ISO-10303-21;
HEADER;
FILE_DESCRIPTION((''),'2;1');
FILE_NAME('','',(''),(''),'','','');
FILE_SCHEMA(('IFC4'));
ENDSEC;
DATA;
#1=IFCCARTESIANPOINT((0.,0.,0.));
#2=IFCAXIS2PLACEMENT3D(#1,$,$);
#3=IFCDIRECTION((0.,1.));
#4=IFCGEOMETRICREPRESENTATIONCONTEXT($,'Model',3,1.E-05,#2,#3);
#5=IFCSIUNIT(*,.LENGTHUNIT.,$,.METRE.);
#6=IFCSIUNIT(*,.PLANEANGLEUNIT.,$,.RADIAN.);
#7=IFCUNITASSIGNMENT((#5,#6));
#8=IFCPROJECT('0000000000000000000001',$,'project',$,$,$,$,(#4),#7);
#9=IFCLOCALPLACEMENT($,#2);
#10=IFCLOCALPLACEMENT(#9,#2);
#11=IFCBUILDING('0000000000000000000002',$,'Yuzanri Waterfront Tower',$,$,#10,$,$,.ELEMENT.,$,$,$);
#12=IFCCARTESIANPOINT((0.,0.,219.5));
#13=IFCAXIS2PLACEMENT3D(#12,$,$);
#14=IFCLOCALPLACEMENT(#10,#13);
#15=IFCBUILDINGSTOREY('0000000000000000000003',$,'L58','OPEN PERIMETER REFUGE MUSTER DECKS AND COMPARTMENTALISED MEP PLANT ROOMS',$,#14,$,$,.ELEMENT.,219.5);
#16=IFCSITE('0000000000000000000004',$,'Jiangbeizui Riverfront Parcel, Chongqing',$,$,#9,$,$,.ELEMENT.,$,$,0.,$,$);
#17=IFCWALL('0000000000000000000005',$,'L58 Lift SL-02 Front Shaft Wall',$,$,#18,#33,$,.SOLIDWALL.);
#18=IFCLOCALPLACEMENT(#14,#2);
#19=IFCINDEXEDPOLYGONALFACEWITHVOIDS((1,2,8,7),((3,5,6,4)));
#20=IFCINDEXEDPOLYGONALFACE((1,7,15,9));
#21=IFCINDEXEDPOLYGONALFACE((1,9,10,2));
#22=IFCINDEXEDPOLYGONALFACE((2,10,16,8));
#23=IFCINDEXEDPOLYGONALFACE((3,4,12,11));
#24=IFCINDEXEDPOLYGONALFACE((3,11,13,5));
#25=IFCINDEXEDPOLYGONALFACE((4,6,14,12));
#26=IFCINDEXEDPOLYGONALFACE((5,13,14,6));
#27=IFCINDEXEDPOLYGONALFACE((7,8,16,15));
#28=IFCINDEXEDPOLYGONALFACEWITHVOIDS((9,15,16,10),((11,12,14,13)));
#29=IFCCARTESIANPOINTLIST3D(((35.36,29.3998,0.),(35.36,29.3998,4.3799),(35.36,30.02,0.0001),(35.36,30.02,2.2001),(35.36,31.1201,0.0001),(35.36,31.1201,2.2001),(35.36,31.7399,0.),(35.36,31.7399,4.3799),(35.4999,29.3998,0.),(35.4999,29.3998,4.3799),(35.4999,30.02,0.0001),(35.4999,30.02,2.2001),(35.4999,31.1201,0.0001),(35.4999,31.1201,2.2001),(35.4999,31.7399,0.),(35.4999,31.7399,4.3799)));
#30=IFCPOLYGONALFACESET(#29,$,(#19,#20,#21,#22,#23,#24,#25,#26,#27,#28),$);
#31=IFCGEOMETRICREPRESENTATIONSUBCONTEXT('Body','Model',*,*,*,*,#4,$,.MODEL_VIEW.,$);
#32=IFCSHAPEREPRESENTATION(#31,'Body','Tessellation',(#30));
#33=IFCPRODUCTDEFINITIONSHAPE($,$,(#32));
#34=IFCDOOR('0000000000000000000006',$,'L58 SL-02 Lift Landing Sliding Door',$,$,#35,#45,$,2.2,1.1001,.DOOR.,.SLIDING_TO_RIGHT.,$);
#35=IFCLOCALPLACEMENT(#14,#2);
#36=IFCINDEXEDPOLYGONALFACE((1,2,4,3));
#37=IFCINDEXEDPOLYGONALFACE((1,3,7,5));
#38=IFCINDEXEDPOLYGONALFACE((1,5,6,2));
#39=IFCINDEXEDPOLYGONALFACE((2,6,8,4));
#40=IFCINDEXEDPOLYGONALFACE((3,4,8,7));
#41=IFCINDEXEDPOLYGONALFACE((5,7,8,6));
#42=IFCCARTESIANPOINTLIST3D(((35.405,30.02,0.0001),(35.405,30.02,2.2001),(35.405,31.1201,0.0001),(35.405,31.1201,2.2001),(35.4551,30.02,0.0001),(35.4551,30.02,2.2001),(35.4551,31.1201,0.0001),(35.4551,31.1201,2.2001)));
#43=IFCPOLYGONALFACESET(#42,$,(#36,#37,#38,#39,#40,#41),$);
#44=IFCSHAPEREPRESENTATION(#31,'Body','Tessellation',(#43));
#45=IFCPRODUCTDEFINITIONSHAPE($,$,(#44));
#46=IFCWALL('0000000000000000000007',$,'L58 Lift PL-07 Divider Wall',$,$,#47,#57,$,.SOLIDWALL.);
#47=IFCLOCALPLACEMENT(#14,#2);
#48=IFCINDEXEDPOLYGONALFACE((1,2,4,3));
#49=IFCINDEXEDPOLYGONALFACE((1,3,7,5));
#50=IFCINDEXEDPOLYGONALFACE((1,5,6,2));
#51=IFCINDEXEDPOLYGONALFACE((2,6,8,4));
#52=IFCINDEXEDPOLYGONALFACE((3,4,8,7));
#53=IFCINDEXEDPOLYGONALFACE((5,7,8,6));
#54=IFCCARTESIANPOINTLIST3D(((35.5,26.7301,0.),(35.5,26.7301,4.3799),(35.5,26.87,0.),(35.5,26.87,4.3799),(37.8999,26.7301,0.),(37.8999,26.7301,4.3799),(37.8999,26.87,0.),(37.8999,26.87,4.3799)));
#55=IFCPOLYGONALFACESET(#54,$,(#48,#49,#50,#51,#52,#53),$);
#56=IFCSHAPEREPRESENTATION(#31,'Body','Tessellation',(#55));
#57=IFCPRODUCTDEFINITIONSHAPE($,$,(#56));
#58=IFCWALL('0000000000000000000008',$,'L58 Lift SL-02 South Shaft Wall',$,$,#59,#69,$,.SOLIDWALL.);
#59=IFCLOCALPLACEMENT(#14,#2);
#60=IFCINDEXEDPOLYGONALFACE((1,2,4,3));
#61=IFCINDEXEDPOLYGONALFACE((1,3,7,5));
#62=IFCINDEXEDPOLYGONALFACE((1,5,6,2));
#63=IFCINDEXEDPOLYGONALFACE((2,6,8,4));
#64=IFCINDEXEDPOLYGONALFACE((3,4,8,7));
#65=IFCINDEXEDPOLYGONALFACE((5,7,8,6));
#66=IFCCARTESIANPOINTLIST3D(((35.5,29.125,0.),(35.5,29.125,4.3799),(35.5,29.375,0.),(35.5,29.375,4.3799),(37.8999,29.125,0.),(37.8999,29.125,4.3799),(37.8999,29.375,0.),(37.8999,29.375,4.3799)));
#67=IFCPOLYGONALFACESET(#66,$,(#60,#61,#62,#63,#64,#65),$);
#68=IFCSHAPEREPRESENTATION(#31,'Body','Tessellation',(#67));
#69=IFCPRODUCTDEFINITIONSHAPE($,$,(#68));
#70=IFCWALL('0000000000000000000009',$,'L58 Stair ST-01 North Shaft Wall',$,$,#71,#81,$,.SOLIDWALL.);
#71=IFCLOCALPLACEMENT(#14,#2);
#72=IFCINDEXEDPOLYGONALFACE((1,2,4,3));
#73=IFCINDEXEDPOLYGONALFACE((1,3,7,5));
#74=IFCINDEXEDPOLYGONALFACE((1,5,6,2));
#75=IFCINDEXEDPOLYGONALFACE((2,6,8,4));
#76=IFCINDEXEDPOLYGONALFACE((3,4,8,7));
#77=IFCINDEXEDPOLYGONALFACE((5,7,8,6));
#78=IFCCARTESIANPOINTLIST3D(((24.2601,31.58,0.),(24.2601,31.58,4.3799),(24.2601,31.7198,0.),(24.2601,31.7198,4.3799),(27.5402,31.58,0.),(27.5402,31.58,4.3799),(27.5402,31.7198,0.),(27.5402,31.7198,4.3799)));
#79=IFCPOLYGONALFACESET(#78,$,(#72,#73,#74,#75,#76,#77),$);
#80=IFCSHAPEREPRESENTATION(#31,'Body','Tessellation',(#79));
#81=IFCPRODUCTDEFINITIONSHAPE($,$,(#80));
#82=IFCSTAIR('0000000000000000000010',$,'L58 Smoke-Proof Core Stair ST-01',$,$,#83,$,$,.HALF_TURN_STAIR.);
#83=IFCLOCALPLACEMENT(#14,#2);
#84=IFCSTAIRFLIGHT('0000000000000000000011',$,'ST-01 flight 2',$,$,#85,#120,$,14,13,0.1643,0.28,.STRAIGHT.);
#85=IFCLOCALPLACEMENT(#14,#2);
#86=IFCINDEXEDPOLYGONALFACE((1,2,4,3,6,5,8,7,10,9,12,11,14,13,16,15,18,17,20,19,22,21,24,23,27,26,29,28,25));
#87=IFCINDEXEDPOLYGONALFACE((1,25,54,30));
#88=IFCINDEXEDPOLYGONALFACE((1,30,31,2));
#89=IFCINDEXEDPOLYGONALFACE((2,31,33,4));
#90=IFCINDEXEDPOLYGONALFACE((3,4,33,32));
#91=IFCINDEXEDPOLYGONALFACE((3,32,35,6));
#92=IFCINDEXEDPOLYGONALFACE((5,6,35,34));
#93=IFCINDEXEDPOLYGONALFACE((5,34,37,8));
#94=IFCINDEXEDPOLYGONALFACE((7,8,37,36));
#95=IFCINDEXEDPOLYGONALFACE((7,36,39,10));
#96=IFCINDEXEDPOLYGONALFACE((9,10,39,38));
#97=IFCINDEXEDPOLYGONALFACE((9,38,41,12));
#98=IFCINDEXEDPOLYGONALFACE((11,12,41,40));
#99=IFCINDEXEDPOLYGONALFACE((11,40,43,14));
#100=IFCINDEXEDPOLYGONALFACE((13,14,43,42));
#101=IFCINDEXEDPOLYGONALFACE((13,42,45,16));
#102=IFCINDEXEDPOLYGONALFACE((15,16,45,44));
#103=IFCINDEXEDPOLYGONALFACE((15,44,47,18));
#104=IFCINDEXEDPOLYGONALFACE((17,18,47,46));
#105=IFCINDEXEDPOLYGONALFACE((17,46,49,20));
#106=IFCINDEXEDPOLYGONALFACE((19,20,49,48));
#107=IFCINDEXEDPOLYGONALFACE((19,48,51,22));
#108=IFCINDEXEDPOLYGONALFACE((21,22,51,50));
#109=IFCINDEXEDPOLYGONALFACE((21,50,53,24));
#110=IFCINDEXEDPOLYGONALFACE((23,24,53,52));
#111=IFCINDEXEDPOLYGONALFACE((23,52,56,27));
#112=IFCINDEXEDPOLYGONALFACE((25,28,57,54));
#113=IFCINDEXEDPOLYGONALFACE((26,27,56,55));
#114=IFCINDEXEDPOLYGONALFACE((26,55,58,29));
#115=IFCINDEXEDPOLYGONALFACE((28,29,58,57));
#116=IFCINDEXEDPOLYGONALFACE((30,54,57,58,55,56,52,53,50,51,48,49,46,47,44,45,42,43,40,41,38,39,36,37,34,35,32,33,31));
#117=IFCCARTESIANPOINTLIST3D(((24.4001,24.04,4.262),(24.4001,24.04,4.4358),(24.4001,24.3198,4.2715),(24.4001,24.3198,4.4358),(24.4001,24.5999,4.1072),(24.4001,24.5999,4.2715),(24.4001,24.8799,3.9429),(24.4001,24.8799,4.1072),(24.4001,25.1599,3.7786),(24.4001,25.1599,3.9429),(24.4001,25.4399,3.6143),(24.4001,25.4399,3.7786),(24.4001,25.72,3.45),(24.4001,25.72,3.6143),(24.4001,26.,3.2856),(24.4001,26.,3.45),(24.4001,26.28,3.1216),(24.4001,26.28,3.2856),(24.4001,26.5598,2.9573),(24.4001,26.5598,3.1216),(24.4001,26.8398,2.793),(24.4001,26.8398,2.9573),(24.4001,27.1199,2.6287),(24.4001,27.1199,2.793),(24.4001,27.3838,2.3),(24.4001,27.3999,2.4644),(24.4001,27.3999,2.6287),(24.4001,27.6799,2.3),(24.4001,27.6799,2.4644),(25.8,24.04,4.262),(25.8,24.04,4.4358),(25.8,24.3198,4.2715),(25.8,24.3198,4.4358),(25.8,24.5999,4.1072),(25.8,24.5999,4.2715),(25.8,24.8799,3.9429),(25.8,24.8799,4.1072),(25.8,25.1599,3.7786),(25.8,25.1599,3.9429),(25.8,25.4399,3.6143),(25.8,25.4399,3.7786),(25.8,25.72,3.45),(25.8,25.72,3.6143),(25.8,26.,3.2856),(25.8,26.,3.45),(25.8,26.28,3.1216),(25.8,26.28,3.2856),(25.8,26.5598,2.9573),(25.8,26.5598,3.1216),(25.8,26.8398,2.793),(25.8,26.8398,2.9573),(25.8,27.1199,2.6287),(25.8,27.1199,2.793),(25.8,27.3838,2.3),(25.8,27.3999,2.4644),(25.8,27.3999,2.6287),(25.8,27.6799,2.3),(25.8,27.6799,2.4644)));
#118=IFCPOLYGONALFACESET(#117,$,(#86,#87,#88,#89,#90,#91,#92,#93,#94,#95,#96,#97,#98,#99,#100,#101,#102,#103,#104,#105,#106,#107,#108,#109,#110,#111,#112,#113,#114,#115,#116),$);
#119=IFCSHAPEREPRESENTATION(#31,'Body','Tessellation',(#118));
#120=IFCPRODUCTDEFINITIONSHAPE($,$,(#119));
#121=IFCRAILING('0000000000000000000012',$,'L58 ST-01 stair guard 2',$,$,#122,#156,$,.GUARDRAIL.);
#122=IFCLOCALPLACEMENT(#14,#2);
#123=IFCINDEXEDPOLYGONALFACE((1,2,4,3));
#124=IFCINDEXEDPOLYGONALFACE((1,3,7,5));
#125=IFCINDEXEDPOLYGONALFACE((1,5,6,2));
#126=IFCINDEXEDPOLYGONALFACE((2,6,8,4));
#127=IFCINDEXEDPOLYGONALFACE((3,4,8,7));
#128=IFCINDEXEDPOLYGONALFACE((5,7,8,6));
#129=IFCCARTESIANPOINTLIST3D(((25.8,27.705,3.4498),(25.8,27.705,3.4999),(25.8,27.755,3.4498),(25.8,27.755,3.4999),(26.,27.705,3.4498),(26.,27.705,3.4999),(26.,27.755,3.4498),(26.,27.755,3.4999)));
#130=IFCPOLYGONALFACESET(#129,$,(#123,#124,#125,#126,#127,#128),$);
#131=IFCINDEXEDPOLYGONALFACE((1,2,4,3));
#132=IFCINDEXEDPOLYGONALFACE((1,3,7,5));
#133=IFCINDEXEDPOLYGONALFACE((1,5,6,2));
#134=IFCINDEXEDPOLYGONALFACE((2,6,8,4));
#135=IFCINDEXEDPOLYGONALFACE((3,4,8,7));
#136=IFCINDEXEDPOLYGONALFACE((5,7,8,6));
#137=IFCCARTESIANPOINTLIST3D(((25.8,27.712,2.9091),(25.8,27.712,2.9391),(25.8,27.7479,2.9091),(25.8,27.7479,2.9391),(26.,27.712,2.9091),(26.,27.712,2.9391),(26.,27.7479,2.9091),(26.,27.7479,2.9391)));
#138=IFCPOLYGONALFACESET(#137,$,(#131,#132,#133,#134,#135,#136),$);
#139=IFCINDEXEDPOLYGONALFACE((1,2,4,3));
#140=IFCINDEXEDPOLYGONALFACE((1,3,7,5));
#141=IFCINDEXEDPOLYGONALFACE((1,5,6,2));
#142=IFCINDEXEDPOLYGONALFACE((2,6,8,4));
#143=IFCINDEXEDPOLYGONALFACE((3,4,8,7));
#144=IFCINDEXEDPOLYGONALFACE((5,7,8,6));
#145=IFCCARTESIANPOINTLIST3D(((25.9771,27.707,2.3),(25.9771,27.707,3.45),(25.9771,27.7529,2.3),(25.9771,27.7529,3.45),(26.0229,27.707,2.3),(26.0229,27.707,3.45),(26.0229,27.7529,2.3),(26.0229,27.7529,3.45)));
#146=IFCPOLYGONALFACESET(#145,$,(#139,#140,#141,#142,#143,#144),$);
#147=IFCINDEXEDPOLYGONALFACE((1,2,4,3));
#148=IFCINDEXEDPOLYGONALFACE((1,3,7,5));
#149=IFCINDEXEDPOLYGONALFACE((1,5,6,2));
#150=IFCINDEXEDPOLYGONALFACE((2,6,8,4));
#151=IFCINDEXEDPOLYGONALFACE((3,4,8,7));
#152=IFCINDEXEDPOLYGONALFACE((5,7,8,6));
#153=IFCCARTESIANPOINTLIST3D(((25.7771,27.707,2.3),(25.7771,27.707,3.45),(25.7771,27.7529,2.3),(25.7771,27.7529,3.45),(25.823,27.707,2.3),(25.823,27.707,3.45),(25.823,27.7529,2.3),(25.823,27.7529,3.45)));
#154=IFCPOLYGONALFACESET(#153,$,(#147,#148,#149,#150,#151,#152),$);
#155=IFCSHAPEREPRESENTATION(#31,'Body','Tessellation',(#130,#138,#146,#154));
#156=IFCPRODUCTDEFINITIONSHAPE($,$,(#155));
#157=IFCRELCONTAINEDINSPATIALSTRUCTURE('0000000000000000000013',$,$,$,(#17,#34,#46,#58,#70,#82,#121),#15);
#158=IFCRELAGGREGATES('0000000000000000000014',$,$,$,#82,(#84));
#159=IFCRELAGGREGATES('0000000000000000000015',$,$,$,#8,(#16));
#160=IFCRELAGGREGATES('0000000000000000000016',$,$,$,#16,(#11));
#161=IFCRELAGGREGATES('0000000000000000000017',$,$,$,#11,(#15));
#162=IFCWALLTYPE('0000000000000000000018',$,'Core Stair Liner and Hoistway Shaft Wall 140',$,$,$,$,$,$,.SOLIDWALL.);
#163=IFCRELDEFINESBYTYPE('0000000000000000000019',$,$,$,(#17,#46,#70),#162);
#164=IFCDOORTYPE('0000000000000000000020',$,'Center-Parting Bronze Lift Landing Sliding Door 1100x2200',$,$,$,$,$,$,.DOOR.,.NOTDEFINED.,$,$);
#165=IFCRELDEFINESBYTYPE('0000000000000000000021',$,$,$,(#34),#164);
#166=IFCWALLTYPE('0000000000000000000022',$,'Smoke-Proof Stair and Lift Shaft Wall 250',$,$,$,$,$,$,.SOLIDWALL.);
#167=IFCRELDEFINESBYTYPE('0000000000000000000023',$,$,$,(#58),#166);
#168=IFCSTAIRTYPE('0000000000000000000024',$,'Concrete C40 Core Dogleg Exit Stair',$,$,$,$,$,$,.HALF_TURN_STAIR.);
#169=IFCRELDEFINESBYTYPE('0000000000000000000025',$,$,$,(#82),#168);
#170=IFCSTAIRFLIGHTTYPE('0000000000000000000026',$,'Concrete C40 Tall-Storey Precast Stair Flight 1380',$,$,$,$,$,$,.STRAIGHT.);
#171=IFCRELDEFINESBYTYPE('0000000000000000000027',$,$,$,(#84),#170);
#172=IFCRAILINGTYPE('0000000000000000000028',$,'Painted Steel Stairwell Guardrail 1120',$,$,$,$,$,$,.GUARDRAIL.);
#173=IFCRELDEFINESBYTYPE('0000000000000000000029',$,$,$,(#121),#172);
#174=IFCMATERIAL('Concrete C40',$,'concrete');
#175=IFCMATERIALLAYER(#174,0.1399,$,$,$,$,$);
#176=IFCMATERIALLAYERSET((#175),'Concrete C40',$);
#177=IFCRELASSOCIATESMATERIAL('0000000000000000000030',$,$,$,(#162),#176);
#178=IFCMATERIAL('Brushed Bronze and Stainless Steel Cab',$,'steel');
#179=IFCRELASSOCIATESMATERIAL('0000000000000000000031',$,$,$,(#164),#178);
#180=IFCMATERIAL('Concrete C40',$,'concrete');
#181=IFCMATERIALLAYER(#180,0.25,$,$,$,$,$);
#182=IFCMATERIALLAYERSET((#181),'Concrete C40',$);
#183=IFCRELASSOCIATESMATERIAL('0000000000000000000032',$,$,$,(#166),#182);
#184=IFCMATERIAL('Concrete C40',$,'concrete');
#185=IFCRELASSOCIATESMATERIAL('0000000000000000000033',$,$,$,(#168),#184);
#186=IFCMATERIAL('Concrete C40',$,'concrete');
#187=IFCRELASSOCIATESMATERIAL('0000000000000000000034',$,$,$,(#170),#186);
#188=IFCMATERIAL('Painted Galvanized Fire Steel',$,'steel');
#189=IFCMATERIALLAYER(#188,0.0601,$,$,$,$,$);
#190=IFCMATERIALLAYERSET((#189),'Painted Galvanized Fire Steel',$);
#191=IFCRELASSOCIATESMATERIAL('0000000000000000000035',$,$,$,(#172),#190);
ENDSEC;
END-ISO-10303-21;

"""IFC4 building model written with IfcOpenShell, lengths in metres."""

from ifc_helpers import new_model, si_unit, direction, frame, frame_2d, origin, origin_2d, place, context, subcontext, project, spatial, polyline, rectangle, outline, extrude, source, transform, mapped, material, layer, layer_set, type_object, element, fill, aggregate, save


model = new_model("IFC4")

# Units and contexts
model_context = context("Model", 3, precision=1e-05, world=origin(), true_north=direction((0.0, 1.0)))
body_context = subcontext(model_context, "Body", "Model", "MODEL_VIEW")
ifc_project = project(units=[si_unit("LENGTHUNIT", "METRE"), si_unit("PLANEANGLEUNIT", "RADIAN")], contexts=[model_context])

# Site, building, storey
site_placement = place(None, origin())
site = spatial("IfcSite", under=ifc_project, at=site_placement, Name="Jiangbeizui Riverfront Parcel, Chongqing", CompositionType="ELEMENT", RefElevation=0.0)
building_placement = place(site_placement, origin())
building = spatial("IfcBuilding", under=site, at=building_placement, Name="Yuzanri Waterfront Tower", CompositionType="ELEMENT")
storey_placement = place(building_placement, frame((0.0, 0.0, 219.5)))
storey = spatial("IfcBuildingStorey", under=building, at=storey_placement, Name="L58", Description="OPEN PERIMETER REFUGE MUSTER DECKS AND COMPARTMENTALISED MEP PLANT ROOMS", CompositionType="ELEMENT", Elevation=219.5)

# Wall, opening, door
ifc_material_1 = material(Name="Concrete C40", Category="concrete")
ifc_layer_1 = layer(ifc_material_1, 0.1399)
ifc_layer_set_1 = layer_set([ifc_layer_1], Name="Concrete C40")
wall_type_1 = type_object("IfcWallType", Name="Core Stair Liner and Hoistway Shaft Wall 140", PredefinedType="SOLIDWALL", material=ifc_layer_set_1)
ifc_material_2 = material(Name="Brushed Bronze and Stainless Steel Cab", Category="steel")
door_type_1 = type_object("IfcDoorType", Name="Center-Parting Bronze Lift Landing Sliding Door 1100x2200", OperationType="NOTDEFINED", PredefinedType="DOOR", material=ifc_material_2)
shared_shape_1 = source(origin(), body_context, "Body", "SweptSolid", [
    extrude(rectangle(XDim=1.1001, YDim=2.2, at=frame_2d((0.55, 1.1001))), frame((0.0, 0.0249, 0.0), z_axis=(0.0, -1.0, 0.0), x_axis=(1.0, 0.0, 0.0)), (0.0, 0.0, 1.0), 0.05),
])
wall_1_placement = place(storey_placement, frame((35.4299, 29.3999, 0.0), z_axis=(0.0, 0.0, 1.0), x_axis=(0.0, 1.0, 0.0)))
wall_1 = element("IfcWall", 1, at=wall_1_placement, inside=storey, type_object=wall_type_1, Name="L58 Lift SL-02 Front Shaft Wall", PredefinedType="SOLIDWALL", context=body_context, shape_type="SweptSolid", body=[
    extrude(rectangle(XDim=2.3401, YDim=0.1399, at=frame_2d((1.1699, 0.0))), origin(), (0.0, 0.0, 1.0), 4.3799),
])
opening_1_placement = place(wall_1_placement, frame((0.6201, 0.0, 0.0)))
opening_1 = element("IfcOpeningElement", 2, at=opening_1_placement, cuts=wall_1, PredefinedType="OPENING", context=body_context, shape_type="SweptSolid", body=[
    extrude(rectangle(XDim=1.1001, YDim=2.2, at=frame_2d((0.55, 1.1001))), frame((0.0, 0.085, 0.0), z_axis=(0.0, -1.0, 0.0), x_axis=(1.0, 0.0, 0.0)), (0.0, 0.0, 1.0), 0.1697),
])
door_1_placement = place(opening_1_placement, origin())
door_1 = element("IfcDoor", 3, at=door_1_placement, inside=storey, type_object=door_type_1, Name="L58 SL-02 Lift Landing Sliding Door", OperationType="SLIDING_TO_RIGHT", OverallHeight=2.2, OverallWidth=1.1001, PredefinedType="DOOR", context=body_context, shape_type="MappedRepresentation", body=[
    mapped(shared_shape_1, transform((0.0, 0.0, 0.0), scale=1.0)),
])
fill(opening_1, door_1)

# Walls
shared_shape_2 = source(origin(), body_context, "Body", "SweptSolid", [
    extrude(rectangle(XDim=2.3999, YDim=0.1399, at=frame_2d((1.2, 0.0))), origin(), (0.0, 0.0, 1.0), 4.3799),
])
wall_2_placement = place(storey_placement, frame((35.5, 26.8, 0.0), z_axis=(0.0, 0.0, 1.0), x_axis=(1.0, 0.0, 0.0)))
element("IfcWall", 4, at=wall_2_placement, inside=storey, type_object=wall_type_1, Name="L58 Lift PL-07 Divider Wall", PredefinedType="SOLIDWALL", context=body_context, shape_type="MappedRepresentation", body=[
    mapped(shared_shape_2, transform((0.0, 0.0, 0.0), scale=1.0)),
])
ifc_material_3 = material(Name="Concrete C40", Category="concrete")
ifc_layer_2 = layer(ifc_material_3, 0.25)
ifc_layer_set_2 = layer_set([ifc_layer_2], Name="Concrete C40")
wall_type_2 = type_object("IfcWallType", Name="Smoke-Proof Stair and Lift Shaft Wall 250", PredefinedType="SOLIDWALL", material=ifc_layer_set_2)
shared_shape_3 = source(origin(), body_context, "Body", "SweptSolid", [
    extrude(rectangle(XDim=2.3999, YDim=0.25, at=frame_2d((1.2, 0.0))), origin(), (0.0, 0.0, 1.0), 4.3799),
])
wall_3_placement = place(storey_placement, frame((35.5, 29.25, 0.0), z_axis=(0.0, 0.0, 1.0), x_axis=(1.0, 0.0, 0.0)))
element("IfcWall", 5, at=wall_3_placement, inside=storey, type_object=wall_type_2, Name="L58 Lift SL-02 South Shaft Wall", PredefinedType="SOLIDWALL", context=body_context, shape_type="MappedRepresentation", body=[
    mapped(shared_shape_3, transform((0.0, 0.0, 0.0), scale=1.0)),
])
shared_shape_4 = source(origin(), body_context, "Body", "SweptSolid", [
    extrude(rectangle(XDim=3.28, YDim=0.1399, at=frame_2d((1.6401, 0.0))), origin(), (0.0, 0.0, 1.0), 4.3799),
])
wall_4_placement = place(storey_placement, frame((24.26, 31.6499, 0.0), z_axis=(0.0, 0.0, 1.0), x_axis=(1.0, 0.0, 0.0)))
element("IfcWall", 6, at=wall_4_placement, inside=storey, type_object=wall_type_1, Name="L58 Stair ST-01 North Shaft Wall", PredefinedType="SOLIDWALL", context=body_context, shape_type="MappedRepresentation", body=[
    mapped(shared_shape_4, transform((0.0, 0.0, 0.0), scale=1.0)),
])

# Stair, stair flight
ifc_material_4 = material(Name="Concrete C40", Category="concrete")
stair_type = type_object("IfcStairType", Name="Concrete C40 Core Dogleg Exit Stair", PredefinedType="HALF_TURN_STAIR", material=ifc_material_4)
stair_placement = place(storey_placement, origin())
stair = element("IfcStair", 7, at=stair_placement, inside=storey, type_object=stair_type, Name="L58 Smoke-Proof Core Stair ST-01", PredefinedType="HALF_TURN_STAIR")
ifc_material_5 = material(Name="Concrete C40", Category="concrete")
stair_flight_type = type_object("IfcStairFlightType", Name="Concrete C40 Tall-Storey Precast Stair Flight 1380", PredefinedType="STRAIGHT", material=ifc_material_5)
shared_shape_5 = source(origin(), body_context, "Body", "SweptSolid", [
    extrude(outline(polyline([(0.0, 0.0), (0.0, 0.1643), (0.28, 0.1643), (0.28, 0.3286), (0.5601, 0.3286), (0.5601, 0.4929), (0.8401, 0.4929), (0.8401, 0.6572), (1.1201, 0.6572), (1.1201, 0.8215), (1.3999, 0.8215), (1.3999, 0.9856), (1.6799, 0.9856), (1.6799, 1.1499), (1.96, 1.1499), (1.96, 1.3142), (2.24, 1.3142), (2.24, 1.4785), (2.52, 1.4785), (2.52, 1.6428), (2.8, 1.6428), (2.8, 1.8071), (3.0801, 1.8071), (3.0801, 1.9714), (3.3601, 1.9714), (3.3601, 2.1357), (3.6399, 2.1357), (3.6399, 2.3), (3.6399, 1.9619), (0.2961, 0.0), (0.0, 0.0)])), frame((0.0, 0.7, 0.0), z_axis=(0.0, -1.0, 0.0), x_axis=(1.0, 0.0, 0.0)), (0.0, 0.0, 1.0), 1.3999),
])
stair_flight_placement = place(storey_placement, frame((25.1001, 27.6799, 2.3), z_axis=(0.0, 0.0, 1.0), x_axis=(0.0, -1.0, 0.0)))
stair_flight = element("IfcStairFlight", 8, at=stair_flight_placement, type_object=stair_flight_type, Name="ST-01 flight 2", NumberOfRisers=14, NumberOfTreads=13, PredefinedType="STRAIGHT", RiserHeight=0.1643, TreadLength=0.28, context=body_context, shape_type="MappedRepresentation", body=[
    mapped(shared_shape_5, transform((0.0, 0.0, 0.0), scale=1.0)),
])
aggregate(stair, [stair_flight])

# Railing
ifc_material_6 = material(Name="Painted Galvanized Fire Steel", Category="steel")
ifc_layer_3 = layer(ifc_material_6, 0.0601)
ifc_layer_set_3 = layer_set([ifc_layer_3], Name="Painted Galvanized Fire Steel")
railing_type_1 = type_object("IfcRailingType", Name="Painted Steel Stairwell Guardrail 1120", PredefinedType="GUARDRAIL", material=ifc_layer_set_3)
shared_shape_6 = source(origin(), body_context, "Body", "SweptSolid", [
    extrude(rectangle(XDim=0.05, YDim=0.05, at=origin_2d()), frame((0.0, 0.0, 1.1748), z_axis=(-1.0, 0.0, 0.0), x_axis=(0.0, -1.0, 0.0)), (0.0, 0.0, 1.0), 0.2),
    extrude(rectangle(XDim=0.0359, YDim=0.03, at=origin_2d()), frame((0.0, 0.0, 0.624), z_axis=(-1.0, 0.0, 0.0), x_axis=(0.0, -1.0, 0.0)), (0.0, 0.0, 1.0), 0.2),
    extrude(rectangle(XDim=0.0459, YDim=0.0459, at=origin_2d()), origin(), (0.0, 0.0, 1.0), 1.1499),
    extrude(rectangle(XDim=0.0459, YDim=0.0459, at=origin_2d()), frame((-0.2, 0.0, 0.0)), (0.0, 0.0, 1.0), 1.1499),
])
railing_1_placement = place(storey_placement, frame((26.0, 27.73, 2.3)))
element("IfcRailing", 9, at=railing_1_placement, inside=storey, type_object=railing_type_1, Name="L58 ST-01 stair guard 2", PredefinedType="GUARDRAIL", context=body_context, shape_type="MappedRepresentation", body=[
    mapped(shared_shape_6, transform((0.0, 0.0, 0.0), scale=1.0)),
])

save(model, "model.ifc")
